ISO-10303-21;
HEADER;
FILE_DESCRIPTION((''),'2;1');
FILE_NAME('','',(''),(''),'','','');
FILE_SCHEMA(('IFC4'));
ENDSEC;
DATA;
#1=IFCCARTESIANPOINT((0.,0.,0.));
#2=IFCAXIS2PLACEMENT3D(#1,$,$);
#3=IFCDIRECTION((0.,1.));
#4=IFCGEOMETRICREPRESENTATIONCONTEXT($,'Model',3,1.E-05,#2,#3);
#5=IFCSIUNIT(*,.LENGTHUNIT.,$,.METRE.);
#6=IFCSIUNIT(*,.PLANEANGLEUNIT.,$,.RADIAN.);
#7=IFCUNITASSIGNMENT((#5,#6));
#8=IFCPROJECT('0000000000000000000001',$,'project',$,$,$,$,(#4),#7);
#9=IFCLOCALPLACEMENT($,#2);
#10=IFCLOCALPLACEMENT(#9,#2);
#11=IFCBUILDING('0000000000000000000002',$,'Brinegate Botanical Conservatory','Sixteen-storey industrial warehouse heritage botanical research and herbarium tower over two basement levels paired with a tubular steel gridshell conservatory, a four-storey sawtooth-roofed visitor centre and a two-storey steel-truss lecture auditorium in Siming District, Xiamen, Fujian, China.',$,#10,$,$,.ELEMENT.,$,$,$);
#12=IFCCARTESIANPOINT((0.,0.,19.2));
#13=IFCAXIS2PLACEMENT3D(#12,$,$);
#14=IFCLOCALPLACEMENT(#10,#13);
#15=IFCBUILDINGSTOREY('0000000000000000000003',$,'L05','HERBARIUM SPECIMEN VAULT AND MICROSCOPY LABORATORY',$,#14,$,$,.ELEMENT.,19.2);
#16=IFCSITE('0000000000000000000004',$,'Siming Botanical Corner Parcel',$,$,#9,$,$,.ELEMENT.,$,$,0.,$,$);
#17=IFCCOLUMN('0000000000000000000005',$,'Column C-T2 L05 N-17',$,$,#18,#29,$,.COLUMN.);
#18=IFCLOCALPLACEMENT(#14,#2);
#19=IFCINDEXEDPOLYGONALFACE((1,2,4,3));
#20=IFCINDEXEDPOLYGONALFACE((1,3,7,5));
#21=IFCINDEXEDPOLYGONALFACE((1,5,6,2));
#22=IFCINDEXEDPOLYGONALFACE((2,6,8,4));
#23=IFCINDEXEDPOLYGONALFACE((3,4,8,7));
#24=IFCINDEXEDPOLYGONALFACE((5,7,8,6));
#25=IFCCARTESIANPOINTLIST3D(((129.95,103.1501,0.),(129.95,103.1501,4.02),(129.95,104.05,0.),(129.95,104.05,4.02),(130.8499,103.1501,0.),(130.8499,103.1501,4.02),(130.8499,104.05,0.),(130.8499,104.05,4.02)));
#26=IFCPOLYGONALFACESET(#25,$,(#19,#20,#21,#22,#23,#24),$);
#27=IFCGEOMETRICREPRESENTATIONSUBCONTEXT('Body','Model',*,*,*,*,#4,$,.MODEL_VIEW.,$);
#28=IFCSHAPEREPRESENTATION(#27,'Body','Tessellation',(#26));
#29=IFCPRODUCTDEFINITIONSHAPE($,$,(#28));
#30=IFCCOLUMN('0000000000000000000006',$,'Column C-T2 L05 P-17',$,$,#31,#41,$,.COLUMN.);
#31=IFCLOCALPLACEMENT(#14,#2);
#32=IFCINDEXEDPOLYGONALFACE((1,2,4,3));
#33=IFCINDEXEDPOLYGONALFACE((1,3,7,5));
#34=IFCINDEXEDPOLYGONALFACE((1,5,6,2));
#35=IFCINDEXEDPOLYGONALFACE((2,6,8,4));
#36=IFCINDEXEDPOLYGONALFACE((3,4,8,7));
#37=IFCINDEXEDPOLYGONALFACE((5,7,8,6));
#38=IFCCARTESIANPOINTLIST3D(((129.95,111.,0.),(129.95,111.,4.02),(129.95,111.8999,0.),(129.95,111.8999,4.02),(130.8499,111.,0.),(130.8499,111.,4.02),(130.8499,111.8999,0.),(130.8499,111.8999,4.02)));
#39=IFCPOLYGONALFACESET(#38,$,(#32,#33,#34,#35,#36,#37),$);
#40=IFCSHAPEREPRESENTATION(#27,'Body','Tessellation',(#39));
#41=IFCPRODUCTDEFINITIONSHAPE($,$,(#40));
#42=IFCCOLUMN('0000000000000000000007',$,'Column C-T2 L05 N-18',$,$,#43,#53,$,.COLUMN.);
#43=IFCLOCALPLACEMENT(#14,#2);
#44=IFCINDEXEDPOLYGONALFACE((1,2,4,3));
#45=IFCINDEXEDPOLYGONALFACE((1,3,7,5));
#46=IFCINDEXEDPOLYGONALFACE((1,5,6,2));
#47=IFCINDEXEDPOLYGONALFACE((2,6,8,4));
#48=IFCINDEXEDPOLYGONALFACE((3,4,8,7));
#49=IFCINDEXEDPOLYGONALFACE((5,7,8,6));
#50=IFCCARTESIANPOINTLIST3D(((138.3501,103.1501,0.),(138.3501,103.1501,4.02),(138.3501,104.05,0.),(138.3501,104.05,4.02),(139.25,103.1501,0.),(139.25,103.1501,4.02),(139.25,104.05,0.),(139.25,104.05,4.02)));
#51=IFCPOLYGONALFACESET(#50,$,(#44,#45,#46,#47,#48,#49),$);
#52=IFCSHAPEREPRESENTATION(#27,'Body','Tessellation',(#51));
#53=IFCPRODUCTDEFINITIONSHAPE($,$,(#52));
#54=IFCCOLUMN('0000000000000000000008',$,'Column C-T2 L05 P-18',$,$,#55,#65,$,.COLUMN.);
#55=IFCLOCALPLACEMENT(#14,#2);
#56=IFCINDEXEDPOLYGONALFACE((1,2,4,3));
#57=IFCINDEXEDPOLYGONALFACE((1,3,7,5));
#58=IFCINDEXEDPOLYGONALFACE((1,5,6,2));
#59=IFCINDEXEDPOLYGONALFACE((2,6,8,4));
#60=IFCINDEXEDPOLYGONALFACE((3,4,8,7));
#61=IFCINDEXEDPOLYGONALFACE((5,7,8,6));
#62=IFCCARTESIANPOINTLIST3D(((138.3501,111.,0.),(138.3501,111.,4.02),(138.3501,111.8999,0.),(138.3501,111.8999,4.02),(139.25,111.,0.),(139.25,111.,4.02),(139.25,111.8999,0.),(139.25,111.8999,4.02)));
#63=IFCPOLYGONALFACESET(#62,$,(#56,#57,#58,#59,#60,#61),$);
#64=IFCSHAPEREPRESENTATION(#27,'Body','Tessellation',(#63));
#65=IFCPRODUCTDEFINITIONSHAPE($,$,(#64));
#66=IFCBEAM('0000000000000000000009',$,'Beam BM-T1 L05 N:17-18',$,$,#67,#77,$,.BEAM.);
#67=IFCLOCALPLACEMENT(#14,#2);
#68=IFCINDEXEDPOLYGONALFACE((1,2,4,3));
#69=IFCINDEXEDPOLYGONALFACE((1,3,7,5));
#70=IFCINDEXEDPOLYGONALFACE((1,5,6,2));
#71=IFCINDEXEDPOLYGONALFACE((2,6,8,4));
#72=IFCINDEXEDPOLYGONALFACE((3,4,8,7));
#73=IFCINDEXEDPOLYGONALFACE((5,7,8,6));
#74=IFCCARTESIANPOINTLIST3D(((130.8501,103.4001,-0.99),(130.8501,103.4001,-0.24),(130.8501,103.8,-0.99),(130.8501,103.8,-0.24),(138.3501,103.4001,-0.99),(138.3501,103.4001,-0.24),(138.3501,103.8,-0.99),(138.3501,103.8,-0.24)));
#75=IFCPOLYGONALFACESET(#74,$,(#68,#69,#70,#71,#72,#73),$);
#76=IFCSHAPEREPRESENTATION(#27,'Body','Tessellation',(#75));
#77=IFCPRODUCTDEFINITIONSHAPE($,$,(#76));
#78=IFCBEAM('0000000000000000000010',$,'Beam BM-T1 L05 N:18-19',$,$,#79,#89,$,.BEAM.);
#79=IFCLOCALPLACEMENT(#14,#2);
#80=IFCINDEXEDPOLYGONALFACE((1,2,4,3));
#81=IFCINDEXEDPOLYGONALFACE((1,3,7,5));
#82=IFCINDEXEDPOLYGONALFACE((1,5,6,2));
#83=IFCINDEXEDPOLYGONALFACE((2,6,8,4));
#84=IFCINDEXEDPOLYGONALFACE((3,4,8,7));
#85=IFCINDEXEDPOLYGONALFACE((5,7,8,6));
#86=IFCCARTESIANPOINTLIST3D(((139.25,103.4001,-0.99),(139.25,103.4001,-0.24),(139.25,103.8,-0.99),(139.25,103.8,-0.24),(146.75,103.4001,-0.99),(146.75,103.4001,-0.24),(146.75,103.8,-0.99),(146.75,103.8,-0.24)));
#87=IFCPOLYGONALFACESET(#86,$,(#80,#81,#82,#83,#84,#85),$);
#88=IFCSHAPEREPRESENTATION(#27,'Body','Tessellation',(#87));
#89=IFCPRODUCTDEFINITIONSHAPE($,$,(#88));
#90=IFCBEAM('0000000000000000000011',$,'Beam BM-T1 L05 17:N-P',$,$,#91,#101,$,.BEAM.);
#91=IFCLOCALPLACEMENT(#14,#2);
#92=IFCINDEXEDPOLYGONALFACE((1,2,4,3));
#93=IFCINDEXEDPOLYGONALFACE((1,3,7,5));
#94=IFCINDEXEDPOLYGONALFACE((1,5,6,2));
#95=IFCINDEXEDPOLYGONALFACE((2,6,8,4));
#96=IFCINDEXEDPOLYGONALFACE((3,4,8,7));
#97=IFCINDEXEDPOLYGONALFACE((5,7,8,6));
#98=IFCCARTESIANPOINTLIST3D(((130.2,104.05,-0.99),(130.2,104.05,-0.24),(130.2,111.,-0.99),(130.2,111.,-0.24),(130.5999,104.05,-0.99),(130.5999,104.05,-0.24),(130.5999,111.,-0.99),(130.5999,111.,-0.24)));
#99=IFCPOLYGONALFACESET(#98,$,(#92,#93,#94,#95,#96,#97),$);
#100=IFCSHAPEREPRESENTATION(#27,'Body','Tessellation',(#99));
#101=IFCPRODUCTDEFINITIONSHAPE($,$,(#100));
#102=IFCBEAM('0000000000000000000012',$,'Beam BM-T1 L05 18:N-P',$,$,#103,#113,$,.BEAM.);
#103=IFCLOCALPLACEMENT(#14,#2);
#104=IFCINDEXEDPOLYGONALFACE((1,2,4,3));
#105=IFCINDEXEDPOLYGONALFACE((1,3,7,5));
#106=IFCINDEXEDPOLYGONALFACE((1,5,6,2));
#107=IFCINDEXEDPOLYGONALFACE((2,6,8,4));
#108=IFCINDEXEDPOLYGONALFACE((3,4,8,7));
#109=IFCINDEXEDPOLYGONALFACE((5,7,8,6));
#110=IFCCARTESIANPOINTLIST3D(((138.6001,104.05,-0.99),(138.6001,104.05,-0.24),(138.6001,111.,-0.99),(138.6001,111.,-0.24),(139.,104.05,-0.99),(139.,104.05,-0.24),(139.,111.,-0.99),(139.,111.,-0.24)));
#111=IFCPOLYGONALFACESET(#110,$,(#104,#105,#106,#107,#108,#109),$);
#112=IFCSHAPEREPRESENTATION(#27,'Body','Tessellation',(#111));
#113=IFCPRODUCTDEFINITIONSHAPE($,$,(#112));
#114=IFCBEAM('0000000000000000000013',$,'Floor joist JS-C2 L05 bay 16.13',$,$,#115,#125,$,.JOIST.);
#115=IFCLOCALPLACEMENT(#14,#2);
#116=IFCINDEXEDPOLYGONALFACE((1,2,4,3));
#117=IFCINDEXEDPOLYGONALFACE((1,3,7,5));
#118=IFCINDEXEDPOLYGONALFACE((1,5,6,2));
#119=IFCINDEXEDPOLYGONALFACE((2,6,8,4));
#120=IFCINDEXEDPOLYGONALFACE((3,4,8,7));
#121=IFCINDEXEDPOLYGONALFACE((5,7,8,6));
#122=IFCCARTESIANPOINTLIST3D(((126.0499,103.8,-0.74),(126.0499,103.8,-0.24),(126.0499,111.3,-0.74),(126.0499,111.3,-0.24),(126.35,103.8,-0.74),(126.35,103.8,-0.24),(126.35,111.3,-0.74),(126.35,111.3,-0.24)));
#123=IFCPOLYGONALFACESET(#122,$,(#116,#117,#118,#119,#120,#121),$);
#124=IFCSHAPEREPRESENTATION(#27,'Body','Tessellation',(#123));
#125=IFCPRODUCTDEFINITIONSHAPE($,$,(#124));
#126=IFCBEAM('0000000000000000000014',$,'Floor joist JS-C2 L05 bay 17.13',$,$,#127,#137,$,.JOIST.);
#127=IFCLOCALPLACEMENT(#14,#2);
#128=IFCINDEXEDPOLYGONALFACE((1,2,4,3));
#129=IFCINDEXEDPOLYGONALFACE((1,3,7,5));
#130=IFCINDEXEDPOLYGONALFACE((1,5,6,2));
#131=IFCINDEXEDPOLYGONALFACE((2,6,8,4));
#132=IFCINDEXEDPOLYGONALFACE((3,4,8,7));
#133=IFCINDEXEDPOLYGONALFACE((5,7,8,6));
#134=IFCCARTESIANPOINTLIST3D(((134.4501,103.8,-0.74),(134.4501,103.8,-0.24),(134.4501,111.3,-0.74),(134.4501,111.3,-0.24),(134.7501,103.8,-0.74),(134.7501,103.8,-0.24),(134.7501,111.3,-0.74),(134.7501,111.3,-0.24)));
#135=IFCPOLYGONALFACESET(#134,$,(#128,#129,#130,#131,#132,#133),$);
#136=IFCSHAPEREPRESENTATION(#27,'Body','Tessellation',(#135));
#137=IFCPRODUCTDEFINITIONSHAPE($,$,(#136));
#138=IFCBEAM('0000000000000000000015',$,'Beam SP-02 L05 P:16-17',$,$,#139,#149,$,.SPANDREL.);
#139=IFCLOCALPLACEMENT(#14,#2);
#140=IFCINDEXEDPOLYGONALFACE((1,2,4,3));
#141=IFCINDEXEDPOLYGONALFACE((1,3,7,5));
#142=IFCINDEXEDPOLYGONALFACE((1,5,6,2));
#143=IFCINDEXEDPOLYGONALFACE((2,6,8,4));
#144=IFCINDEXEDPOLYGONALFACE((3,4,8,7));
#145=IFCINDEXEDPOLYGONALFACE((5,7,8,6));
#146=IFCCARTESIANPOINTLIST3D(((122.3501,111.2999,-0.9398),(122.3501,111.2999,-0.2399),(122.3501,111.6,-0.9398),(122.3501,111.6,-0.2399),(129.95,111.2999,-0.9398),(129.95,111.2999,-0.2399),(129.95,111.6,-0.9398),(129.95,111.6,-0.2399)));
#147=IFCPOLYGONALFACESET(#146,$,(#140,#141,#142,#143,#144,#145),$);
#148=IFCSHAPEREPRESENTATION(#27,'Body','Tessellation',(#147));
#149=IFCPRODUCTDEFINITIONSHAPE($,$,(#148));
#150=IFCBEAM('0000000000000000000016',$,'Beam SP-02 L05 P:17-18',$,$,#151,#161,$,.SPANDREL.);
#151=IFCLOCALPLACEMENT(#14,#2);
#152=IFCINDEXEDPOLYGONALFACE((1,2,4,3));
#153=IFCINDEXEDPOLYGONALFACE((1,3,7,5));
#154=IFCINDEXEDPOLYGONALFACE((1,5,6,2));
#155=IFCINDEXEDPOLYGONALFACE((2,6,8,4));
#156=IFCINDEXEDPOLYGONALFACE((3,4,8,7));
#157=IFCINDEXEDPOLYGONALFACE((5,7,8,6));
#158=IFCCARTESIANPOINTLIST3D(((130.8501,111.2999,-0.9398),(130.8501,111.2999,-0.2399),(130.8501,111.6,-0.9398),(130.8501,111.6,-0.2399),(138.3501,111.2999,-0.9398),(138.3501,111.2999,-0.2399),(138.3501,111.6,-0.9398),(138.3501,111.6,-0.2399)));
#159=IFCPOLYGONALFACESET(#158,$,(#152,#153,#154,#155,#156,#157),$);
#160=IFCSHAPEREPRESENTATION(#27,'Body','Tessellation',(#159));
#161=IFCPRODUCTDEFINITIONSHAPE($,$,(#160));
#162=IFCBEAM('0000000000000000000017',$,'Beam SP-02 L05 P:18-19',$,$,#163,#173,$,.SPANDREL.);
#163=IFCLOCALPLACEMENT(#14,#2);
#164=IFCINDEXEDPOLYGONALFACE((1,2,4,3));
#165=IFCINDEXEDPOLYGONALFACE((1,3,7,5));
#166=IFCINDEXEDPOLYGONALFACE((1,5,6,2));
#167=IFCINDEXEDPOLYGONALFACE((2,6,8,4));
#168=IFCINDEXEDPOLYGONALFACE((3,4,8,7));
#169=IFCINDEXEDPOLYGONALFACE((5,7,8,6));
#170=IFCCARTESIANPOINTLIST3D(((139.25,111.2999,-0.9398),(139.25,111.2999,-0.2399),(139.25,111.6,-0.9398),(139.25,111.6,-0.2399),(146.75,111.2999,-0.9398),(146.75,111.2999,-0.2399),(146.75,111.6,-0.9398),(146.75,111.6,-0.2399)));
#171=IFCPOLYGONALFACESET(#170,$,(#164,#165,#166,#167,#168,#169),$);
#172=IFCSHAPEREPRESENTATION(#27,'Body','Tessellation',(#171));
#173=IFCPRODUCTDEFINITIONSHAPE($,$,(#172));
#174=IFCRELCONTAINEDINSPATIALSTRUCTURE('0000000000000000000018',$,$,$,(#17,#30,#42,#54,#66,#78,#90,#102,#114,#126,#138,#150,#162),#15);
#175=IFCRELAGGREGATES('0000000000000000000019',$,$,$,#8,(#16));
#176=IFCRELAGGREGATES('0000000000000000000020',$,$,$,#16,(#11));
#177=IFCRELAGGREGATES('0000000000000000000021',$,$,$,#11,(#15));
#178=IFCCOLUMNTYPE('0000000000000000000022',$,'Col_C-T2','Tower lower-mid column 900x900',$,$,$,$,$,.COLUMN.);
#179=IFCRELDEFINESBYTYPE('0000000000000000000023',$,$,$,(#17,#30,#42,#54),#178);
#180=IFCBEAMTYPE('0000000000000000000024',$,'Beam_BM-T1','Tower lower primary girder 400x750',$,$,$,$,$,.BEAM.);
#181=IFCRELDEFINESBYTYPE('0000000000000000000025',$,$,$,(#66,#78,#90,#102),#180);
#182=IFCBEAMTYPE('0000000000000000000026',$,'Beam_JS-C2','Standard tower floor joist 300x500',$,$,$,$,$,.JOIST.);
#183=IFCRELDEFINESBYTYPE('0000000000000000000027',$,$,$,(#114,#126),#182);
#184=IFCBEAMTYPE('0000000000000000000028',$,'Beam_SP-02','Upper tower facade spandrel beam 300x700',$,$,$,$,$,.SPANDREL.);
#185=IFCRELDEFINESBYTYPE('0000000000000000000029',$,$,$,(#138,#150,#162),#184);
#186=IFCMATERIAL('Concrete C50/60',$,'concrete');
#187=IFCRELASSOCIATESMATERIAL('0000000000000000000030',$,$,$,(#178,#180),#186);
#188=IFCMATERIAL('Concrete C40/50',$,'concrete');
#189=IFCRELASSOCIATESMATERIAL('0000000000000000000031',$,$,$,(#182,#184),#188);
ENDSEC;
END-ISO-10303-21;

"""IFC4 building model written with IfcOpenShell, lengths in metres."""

from ifc_helpers import new_model, si_unit, direction, frame, origin, origin_2d, place, context, subcontext, project, spatial, rectangle, extrude, material, material_profile, profile_set, type_object, element, save


model = new_model("IFC4")

# Units and contexts
model_context = context("Model", 3, precision=1e-05, world=origin(), true_north=direction((0.0, 1.0)))
body_context = subcontext(model_context, "Body", "Model", "MODEL_VIEW")
ifc_project = project(units=[si_unit("LENGTHUNIT", "METRE"), si_unit("PLANEANGLEUNIT", "RADIAN")], contexts=[model_context])

# Site, building, storey
site_placement = place(None, origin())
site = spatial("IfcSite", under=ifc_project, at=site_placement, Name="Siming Botanical Corner Parcel", CompositionType="ELEMENT", RefElevation=0.0)
building_placement = place(site_placement, origin())
building = spatial("IfcBuilding", under=site, at=building_placement, Name="Brinegate Botanical Conservatory", Description="Sixteen-storey industrial warehouse heritage botanical research and herbarium tower over two basement levels paired with a tubular steel gridshell conservatory, a four-storey sawtooth-roofed visitor centre and a two-storey steel-truss lecture auditorium in Siming District, Xiamen, Fujian, China.", CompositionType="ELEMENT")
storey_placement = place(building_placement, frame((0.0, 0.0, 19.2)))
storey = spatial("IfcBuildingStorey", under=building, at=storey_placement, Name="L05", Description="HERBARIUM SPECIMEN VAULT AND MICROSCOPY LABORATORY", CompositionType="ELEMENT", Elevation=19.2)

# Columns
ifc_material_1 = material(Name="Concrete C50/60", Category="concrete")
ifc_material_profile_1 = material_profile(ifc_material_1, rectangle(XDim=0.8999, YDim=0.8999, at=origin_2d()), Name="RC COL 900x900")
ifc_profile_set_1 = profile_set([ifc_material_profile_1], Name="Concrete C50/60")
column_type = type_object("IfcColumnType", Name="Col_C-T2", Description="Tower lower-mid column 900x900", PredefinedType="COLUMN", material=ifc_profile_set_1)
for number, where, z_axis, x_axis, name in (
    (1, (130.3999, 103.6001, 0.0), (0.0, 0.0, 1.0), (1.0, 0.0, 0.0), "Column C-T2 L05 N-17"),
    (2, (130.3999, 111.45, 0.0), (0.0, 0.0, 1.0), (1.0, 0.0, 0.0), "Column C-T2 L05 P-17"),
    (3, (138.8, 103.6001, 0.0), (0.0, 0.0, 1.0), (1.0, 0.0, 0.0), "Column C-T2 L05 N-18"),
    (4, (138.8, 111.45, 0.0), (0.0, 0.0, 1.0), (1.0, 0.0, 0.0), "Column C-T2 L05 P-18"),
):
    element("IfcColumn", number, at=place(storey_placement, frame(where, z_axis=z_axis, x_axis=x_axis)), inside=storey, type_object=column_type, Name=name, PredefinedType="COLUMN", context=body_context, shape_type="SweptSolid", body=[
        extrude(rectangle(XDim=0.8999, YDim=0.8999, at=origin_2d()), origin(), (0.0, 0.0, 1.0), 4.02),
    ])

# Beams
ifc_material_profile_2 = material_profile(ifc_material_1, rectangle(XDim=0.3999, YDim=0.75, at=origin_2d()), Name="RC BM 400x750")
ifc_profile_set_2 = profile_set([ifc_material_profile_2], Name="Concrete C50/60")
beam_type_1 = type_object("IfcBeamType", Name="Beam_BM-T1", Description="Tower lower primary girder 400x750", PredefinedType="BEAM", material=ifc_profile_set_2)
for number, where, z_axis, x_axis, name in (
    (5, (130.8501, 103.6001, -0.615), (1.0, 0.0, 0.0), (0.0, 1.0, 0.0), "Beam BM-T1 L05 N:17-18"),
    (6, (139.25, 103.6001, -0.615), (1.0, 0.0, 0.0), (0.0, 1.0, 0.0), "Beam BM-T1 L05 N:18-19"),
):
    element("IfcBeam", number, at=place(storey_placement, frame(where, z_axis=z_axis, x_axis=x_axis)), inside=storey, type_object=beam_type_1, Name=name, PredefinedType="BEAM", context=body_context, shape_type="SweptSolid", body=[
        extrude(rectangle(XDim=0.3999, YDim=0.75, at=origin_2d()), origin(), (0.0, 0.0, 1.0), 7.5),
    ])
for number, where, z_axis, x_axis, name in (
    (7, (130.3999, 104.05, -0.615), (0.0, 1.0, 0.0), (-1.0, 0.0, 0.0), "Beam BM-T1 L05 17:N-P"),
    (8, (138.8, 104.05, -0.615), (0.0, 1.0, 0.0), (-1.0, 0.0, 0.0), "Beam BM-T1 L05 18:N-P"),
):
    element("IfcBeam", number, at=place(storey_placement, frame(where, z_axis=z_axis, x_axis=x_axis)), inside=storey, type_object=beam_type_1, Name=name, PredefinedType="BEAM", context=body_context, shape_type="SweptSolid", body=[
        extrude(rectangle(XDim=0.3999, YDim=0.75, at=origin_2d()), origin(), (0.0, 0.0, 1.0), 6.95),
    ])
ifc_material_2 = material(Name="Concrete C40/50", Category="concrete")
ifc_material_profile_3 = material_profile(ifc_material_2, rectangle(XDim=0.3, YDim=0.5, at=origin_2d()), Name="RC JST 300x500")
ifc_profile_set_3 = profile_set([ifc_material_profile_3], Name="Concrete C40/50")
beam_type_2 = type_object("IfcBeamType", Name="Beam_JS-C2", Description="Standard tower floor joist 300x500", PredefinedType="JOIST", material=ifc_profile_set_3)
for number, where, z_axis, x_axis, name in (
    (9, (126.2, 103.8, -0.49), (0.0, 1.0, 0.0), (-1.0, 0.0, 0.0), "Floor joist JS-C2 L05 bay 16.13"),
    (10, (134.6001, 103.8, -0.49), (0.0, 1.0, 0.0), (-1.0, 0.0, 0.0), "Floor joist JS-C2 L05 bay 17.13"),
):
    element("IfcBeam", number, at=place(storey_placement, frame(where, z_axis=z_axis, x_axis=x_axis)), inside=storey, type_object=beam_type_2, Name=name, PredefinedType="JOIST", context=body_context, shape_type="SweptSolid", body=[
        extrude(rectangle(XDim=0.3, YDim=0.5, at=origin_2d()), origin(), (0.0, 0.0, 1.0), 7.5),
    ])
ifc_material_profile_4 = material_profile(ifc_material_2, rectangle(XDim=0.3, YDim=0.7, at=origin_2d()), Name="RC SPN 300x700")
ifc_profile_set_4 = profile_set([ifc_material_profile_4], Name="Concrete C40/50")
beam_type_3 = type_object("IfcBeamType", Name="Beam_SP-02", Description="Upper tower facade spandrel beam 300x700", PredefinedType="SPANDREL", material=ifc_profile_set_4)
beam_placement = place(storey_placement, frame((122.3501, 111.45, -0.5898), z_axis=(1.0, 0.0, 0.0), x_axis=(0.0, 1.0, 0.0)))
element("IfcBeam", 11, at=beam_placement, inside=storey, type_object=beam_type_3, Name="Beam SP-02 L05 P:16-17", PredefinedType="SPANDREL", context=body_context, shape_type="SweptSolid", body=[
    extrude(rectangle(XDim=0.3, YDim=0.7, at=origin_2d()), origin(), (0.0, 0.0, 1.0), 7.5999),
])
for number, where, z_axis, x_axis, name in (
    (12, (130.8501, 111.45, -0.5898), (1.0, 0.0, 0.0), (0.0, 1.0, 0.0), "Beam SP-02 L05 P:17-18"),
    (13, (139.25, 111.45, -0.5898), (1.0, 0.0, 0.0), (0.0, 1.0, 0.0), "Beam SP-02 L05 P:18-19"),
):
    element("IfcBeam", number, at=place(storey_placement, frame(where, z_axis=z_axis, x_axis=x_axis)), inside=storey, type_object=beam_type_3, Name=name, PredefinedType="SPANDREL", context=body_context, shape_type="SweptSolid", body=[
        extrude(rectangle(XDim=0.3, YDim=0.7, at=origin_2d()), origin(), (0.0, 0.0, 1.0), 7.5),
    ])

save(model, "model.ifc")
